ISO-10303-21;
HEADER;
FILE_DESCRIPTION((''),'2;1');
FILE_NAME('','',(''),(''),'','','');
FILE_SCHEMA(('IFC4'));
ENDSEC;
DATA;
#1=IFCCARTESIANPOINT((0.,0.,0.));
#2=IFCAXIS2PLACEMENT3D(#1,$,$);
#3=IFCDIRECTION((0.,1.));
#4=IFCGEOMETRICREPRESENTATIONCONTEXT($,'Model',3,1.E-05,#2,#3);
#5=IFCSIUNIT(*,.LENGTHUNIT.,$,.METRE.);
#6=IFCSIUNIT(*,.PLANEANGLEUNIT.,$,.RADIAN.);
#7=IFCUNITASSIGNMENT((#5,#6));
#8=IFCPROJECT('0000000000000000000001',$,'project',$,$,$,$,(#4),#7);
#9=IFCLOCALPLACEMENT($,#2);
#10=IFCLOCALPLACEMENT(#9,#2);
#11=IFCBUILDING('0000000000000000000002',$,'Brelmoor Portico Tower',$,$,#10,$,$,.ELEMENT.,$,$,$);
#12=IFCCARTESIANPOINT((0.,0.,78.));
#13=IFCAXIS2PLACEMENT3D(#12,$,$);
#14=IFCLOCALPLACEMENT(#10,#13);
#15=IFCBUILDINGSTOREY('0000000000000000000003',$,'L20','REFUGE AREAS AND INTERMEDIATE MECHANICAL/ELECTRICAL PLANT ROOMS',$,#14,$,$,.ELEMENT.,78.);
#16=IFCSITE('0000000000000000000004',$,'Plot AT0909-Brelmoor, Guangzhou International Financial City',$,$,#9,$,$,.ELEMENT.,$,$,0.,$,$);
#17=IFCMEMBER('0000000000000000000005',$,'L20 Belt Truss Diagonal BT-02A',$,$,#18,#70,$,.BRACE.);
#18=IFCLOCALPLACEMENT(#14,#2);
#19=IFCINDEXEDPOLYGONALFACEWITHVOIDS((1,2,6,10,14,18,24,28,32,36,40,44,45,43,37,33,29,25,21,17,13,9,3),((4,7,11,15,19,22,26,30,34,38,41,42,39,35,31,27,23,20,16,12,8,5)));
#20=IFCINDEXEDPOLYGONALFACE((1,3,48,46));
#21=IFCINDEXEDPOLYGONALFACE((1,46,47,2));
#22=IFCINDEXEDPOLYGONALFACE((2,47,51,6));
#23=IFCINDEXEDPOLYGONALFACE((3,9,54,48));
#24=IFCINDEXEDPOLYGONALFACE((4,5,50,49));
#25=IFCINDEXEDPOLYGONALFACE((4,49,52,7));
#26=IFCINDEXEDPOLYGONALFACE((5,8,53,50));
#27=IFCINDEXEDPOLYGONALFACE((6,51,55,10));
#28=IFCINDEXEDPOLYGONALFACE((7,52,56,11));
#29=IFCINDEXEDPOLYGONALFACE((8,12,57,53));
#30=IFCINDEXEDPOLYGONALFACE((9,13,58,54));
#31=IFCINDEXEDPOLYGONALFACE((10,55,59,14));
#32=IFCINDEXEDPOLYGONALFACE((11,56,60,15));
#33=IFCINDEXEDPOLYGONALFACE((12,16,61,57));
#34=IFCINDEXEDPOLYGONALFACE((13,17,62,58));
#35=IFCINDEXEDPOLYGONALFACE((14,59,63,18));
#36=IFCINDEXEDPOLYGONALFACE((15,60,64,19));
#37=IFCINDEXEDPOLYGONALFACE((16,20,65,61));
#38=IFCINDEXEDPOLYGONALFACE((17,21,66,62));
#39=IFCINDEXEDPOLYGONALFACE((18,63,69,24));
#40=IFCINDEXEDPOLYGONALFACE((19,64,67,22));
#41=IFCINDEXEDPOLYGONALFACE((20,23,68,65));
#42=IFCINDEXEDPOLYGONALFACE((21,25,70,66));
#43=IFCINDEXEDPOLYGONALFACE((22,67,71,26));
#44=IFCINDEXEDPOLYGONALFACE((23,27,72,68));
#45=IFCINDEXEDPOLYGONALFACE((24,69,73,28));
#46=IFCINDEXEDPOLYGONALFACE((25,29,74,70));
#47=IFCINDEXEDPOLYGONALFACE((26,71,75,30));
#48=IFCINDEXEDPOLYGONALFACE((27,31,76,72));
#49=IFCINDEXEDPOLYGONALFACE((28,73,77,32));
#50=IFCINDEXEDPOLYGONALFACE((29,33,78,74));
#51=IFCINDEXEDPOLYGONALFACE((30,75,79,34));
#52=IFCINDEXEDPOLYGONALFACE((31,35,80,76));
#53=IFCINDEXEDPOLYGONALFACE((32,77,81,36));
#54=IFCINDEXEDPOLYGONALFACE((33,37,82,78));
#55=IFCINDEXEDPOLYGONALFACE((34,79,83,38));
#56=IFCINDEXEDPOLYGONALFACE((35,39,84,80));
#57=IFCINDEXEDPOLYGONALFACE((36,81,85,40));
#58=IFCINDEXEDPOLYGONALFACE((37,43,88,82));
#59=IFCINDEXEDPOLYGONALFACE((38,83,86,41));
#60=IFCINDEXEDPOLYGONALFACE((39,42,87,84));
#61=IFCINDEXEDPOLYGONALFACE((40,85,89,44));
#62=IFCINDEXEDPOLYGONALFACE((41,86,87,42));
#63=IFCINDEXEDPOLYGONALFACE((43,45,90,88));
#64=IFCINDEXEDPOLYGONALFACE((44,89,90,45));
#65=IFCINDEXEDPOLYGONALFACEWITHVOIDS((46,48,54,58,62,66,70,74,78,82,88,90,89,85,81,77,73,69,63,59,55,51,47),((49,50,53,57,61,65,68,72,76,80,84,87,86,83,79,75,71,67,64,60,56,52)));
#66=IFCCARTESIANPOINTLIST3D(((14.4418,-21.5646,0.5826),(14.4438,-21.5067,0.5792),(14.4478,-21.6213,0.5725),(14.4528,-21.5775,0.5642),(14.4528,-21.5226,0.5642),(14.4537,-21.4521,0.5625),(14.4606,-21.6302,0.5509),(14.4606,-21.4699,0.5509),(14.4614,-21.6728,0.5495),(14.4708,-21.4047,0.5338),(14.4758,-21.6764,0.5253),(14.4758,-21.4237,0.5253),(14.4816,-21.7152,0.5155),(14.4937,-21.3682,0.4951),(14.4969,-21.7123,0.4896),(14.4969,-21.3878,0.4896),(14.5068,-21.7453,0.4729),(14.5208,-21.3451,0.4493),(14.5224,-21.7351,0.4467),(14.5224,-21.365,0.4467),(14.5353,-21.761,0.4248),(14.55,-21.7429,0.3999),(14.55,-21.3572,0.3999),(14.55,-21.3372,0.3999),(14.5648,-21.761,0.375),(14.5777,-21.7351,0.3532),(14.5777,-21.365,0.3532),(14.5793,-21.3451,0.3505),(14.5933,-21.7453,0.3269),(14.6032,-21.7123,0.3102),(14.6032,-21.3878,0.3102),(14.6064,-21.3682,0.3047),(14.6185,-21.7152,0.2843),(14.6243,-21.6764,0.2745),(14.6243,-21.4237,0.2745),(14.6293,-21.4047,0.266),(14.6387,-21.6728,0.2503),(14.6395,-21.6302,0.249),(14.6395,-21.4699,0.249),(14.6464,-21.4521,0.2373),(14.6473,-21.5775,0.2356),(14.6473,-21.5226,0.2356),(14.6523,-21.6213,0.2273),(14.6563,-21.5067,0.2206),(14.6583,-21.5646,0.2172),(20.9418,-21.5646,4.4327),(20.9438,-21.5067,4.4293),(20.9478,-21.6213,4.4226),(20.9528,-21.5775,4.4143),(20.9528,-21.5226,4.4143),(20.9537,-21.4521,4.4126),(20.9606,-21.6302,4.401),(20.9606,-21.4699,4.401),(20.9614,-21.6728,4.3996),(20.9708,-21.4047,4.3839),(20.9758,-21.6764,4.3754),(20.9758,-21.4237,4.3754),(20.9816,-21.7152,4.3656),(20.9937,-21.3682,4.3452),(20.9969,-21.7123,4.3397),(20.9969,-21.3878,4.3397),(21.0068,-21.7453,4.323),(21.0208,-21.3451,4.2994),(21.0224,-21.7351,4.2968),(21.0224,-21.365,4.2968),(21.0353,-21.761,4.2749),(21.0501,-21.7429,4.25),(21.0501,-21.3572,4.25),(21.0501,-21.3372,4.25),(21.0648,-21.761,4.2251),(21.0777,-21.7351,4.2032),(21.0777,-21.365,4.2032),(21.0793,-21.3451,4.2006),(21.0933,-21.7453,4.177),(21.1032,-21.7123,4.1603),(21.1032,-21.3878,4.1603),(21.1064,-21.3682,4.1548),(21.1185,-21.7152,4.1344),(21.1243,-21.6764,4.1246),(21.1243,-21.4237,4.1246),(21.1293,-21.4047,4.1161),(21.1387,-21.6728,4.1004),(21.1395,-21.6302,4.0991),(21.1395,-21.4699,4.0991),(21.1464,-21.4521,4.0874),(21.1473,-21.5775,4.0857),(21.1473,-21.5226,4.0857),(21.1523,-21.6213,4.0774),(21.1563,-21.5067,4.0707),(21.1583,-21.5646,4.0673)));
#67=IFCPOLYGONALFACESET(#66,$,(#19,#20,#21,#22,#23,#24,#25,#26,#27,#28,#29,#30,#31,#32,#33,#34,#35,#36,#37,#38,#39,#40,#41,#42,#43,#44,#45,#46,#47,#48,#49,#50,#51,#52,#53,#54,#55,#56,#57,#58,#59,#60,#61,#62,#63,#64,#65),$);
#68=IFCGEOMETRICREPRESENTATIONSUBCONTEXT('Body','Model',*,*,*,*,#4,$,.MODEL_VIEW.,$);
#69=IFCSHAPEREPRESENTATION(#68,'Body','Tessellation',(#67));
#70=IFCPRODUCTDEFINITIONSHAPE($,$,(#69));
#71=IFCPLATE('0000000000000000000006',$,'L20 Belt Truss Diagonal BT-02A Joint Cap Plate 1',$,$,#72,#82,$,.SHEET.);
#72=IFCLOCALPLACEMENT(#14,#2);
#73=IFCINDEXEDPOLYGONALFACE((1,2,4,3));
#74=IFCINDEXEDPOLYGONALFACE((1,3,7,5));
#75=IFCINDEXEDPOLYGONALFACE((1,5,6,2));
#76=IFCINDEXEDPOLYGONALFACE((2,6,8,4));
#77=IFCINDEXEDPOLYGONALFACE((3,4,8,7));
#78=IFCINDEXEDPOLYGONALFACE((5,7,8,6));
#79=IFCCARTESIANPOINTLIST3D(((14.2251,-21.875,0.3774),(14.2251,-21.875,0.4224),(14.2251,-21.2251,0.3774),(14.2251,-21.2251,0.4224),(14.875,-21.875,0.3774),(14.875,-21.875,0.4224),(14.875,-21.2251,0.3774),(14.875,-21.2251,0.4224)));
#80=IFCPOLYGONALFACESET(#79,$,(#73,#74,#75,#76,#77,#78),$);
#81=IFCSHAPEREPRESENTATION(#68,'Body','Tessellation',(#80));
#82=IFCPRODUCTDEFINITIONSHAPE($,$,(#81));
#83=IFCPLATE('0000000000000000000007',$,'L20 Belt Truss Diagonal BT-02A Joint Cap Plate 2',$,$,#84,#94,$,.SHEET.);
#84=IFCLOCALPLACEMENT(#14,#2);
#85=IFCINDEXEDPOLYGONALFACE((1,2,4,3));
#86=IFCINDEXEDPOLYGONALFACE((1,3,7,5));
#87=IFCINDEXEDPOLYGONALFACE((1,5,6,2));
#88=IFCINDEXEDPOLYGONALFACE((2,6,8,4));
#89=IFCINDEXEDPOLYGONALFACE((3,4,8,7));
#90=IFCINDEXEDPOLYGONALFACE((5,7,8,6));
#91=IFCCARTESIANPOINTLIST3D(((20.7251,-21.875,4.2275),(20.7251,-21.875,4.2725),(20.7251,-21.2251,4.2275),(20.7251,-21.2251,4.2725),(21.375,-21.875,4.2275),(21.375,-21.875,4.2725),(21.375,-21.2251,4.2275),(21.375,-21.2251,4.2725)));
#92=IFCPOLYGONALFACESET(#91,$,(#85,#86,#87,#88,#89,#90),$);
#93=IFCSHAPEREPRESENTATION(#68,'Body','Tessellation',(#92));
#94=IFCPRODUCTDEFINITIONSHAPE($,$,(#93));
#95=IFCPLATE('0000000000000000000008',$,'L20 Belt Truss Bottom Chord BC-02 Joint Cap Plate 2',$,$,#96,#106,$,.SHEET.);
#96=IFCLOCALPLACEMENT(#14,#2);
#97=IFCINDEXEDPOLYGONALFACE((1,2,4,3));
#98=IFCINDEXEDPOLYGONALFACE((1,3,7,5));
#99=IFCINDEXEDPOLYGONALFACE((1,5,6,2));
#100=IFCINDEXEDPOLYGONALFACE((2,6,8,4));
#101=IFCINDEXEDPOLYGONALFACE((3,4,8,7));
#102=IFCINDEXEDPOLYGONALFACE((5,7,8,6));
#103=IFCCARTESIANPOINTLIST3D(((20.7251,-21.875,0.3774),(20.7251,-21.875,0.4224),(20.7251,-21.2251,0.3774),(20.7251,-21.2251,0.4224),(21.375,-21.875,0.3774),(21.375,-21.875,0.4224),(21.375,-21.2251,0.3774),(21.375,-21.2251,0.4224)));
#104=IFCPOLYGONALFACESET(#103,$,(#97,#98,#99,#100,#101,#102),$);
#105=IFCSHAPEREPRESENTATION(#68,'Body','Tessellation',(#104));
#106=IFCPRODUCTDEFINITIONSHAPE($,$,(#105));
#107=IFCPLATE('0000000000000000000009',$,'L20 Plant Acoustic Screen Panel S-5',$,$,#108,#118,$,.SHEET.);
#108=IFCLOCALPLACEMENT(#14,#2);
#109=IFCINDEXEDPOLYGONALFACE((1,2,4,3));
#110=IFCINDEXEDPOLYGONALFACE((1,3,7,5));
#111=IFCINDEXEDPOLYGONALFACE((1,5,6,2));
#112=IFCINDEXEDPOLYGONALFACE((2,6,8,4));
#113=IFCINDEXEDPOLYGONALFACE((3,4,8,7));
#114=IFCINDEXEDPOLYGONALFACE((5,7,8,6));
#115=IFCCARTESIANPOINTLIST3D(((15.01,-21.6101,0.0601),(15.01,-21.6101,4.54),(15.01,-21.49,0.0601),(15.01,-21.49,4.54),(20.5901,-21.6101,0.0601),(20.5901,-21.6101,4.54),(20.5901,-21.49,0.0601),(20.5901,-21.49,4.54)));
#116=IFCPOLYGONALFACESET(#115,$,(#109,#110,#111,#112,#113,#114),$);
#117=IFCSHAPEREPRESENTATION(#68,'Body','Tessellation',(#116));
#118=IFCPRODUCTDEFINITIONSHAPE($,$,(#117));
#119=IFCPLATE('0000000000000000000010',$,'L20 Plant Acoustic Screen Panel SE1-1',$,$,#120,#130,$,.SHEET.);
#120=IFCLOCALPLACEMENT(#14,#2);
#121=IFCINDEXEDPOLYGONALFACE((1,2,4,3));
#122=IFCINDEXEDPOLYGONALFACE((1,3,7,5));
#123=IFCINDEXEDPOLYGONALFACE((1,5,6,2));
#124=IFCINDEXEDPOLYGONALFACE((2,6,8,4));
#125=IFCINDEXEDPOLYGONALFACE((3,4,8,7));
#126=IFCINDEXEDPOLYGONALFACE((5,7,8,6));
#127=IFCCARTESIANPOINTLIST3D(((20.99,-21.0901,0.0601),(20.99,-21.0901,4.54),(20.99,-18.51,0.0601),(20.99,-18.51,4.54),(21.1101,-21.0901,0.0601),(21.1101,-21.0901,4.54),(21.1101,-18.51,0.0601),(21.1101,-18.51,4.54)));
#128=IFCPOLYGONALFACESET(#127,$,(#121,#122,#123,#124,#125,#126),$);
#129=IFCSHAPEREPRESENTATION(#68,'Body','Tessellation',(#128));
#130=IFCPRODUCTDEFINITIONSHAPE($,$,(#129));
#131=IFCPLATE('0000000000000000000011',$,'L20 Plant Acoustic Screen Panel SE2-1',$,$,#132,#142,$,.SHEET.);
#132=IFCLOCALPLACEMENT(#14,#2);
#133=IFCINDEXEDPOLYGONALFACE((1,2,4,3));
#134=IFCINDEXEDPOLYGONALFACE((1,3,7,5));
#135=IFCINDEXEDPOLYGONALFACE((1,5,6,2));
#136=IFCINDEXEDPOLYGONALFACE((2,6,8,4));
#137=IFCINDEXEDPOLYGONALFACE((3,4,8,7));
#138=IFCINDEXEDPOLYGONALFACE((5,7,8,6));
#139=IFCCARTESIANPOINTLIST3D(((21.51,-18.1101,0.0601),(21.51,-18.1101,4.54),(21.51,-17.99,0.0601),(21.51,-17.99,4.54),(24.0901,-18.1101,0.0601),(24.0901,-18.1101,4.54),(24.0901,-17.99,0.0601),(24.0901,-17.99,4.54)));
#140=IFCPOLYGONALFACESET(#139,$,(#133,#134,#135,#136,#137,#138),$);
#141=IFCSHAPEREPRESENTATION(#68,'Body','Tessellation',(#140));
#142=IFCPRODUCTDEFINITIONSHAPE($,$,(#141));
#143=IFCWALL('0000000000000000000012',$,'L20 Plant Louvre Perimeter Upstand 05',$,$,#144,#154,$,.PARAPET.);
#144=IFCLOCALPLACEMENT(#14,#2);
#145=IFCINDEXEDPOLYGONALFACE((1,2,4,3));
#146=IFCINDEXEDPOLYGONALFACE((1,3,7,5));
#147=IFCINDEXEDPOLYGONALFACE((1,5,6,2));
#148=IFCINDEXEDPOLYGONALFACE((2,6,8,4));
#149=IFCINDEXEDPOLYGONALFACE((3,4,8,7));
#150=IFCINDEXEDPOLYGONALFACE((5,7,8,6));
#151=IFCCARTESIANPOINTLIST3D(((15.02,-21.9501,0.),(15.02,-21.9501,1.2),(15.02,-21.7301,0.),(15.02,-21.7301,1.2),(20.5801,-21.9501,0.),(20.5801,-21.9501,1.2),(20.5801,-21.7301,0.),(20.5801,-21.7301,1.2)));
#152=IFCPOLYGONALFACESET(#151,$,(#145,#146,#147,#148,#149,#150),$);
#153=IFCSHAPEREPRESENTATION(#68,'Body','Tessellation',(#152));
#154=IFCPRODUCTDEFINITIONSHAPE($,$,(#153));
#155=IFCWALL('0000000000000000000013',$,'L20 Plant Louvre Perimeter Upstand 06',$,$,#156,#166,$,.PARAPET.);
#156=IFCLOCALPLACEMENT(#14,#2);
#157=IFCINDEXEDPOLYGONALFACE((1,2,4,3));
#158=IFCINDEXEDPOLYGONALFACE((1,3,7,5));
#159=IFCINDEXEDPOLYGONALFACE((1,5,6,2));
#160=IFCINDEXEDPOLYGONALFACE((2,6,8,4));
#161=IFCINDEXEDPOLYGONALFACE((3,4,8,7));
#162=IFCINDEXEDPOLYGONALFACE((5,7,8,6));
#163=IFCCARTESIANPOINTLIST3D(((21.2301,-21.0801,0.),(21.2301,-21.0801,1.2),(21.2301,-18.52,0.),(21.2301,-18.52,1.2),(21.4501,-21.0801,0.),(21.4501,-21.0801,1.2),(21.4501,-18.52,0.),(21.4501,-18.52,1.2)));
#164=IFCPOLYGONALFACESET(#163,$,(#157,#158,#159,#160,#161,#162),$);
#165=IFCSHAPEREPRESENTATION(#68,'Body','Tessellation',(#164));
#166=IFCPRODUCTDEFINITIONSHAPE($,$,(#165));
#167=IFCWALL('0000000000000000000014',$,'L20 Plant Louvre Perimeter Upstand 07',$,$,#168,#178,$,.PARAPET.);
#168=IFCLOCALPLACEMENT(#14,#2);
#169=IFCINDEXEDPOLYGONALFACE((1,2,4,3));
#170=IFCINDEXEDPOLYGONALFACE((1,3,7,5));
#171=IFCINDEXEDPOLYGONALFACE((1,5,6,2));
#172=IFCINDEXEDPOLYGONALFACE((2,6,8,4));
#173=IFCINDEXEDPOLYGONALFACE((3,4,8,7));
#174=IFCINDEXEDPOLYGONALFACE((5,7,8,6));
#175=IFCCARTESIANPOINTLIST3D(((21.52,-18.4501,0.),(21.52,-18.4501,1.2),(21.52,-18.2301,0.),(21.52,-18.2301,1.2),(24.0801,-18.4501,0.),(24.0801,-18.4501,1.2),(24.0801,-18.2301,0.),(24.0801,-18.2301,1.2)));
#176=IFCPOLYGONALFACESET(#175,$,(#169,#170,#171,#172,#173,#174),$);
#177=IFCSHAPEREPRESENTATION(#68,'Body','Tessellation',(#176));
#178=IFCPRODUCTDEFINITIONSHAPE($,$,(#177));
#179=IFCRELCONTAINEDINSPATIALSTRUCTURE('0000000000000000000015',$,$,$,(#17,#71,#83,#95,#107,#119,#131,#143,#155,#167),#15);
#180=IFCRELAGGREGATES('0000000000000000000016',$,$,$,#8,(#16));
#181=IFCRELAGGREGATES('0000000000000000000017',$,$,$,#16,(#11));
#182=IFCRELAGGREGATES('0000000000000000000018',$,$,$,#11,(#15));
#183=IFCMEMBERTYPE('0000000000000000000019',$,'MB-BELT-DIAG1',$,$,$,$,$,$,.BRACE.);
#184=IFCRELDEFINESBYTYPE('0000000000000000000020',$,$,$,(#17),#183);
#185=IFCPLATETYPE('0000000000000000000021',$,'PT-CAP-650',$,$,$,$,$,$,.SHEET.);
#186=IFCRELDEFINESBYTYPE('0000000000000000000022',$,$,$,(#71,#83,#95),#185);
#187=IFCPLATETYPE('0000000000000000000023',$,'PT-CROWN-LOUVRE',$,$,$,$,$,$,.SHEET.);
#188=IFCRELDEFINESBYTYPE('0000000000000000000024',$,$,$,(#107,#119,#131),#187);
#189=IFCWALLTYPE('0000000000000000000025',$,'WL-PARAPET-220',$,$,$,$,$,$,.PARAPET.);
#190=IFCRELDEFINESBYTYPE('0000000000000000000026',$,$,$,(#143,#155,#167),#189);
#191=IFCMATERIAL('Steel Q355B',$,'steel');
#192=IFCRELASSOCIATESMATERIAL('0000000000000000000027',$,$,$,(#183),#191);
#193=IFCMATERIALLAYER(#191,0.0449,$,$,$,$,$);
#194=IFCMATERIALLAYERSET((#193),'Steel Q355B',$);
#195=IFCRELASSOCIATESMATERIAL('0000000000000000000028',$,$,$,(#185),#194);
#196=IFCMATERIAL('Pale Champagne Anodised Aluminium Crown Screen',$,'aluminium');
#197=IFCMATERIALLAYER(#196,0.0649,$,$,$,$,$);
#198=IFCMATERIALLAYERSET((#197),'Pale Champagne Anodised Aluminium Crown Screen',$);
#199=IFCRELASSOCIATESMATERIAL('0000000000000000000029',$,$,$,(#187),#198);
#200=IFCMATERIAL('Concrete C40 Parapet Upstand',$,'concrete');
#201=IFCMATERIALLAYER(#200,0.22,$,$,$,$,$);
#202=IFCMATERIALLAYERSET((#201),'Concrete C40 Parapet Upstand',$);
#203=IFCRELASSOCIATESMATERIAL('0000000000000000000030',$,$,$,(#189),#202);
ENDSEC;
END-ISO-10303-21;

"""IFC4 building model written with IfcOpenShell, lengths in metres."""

from ifc_helpers import new_model, si_unit, direction, frame, frame_2d, origin, origin_2d, place, context, subcontext, project, spatial, rectangle, hollow_circle, extrude, material, layer, layer_set, material_profile, profile_set, type_object, element, save


model = new_model("IFC4")

# Units and contexts
model_context = context("Model", 3, precision=1e-05, world=origin(), true_north=direction((0.0, 1.0)))
body_context = subcontext(model_context, "Body", "Model", "MODEL_VIEW")
ifc_project = project(units=[si_unit("LENGTHUNIT", "METRE"), si_unit("PLANEANGLEUNIT", "RADIAN")], contexts=[model_context])

# Site, building, storey
site_placement = place(None, origin())
site = spatial("IfcSite", under=ifc_project, at=site_placement, Name="Plot AT0909-Brelmoor, Guangzhou International Financial City", CompositionType="ELEMENT", RefElevation=0.0)
building_placement = place(site_placement, origin())
building = spatial("IfcBuilding", under=site, at=building_placement, Name="Brelmoor Portico Tower", CompositionType="ELEMENT")
storey_placement = place(building_placement, frame((0.0, 0.0, 78.0)))
storey = spatial("IfcBuildingStorey", under=building, at=storey_placement, Name="L20", Description="REFUGE AREAS AND INTERMEDIATE MECHANICAL/ELECTRICAL PLANT ROOMS", CompositionType="ELEMENT", Elevation=78.0)

# Shared definitions
ifc_material_1 = material(Name="Steel Q355B", Category="steel")

# Member
ifc_material_profile_1 = material_profile(ifc_material_1, hollow_circle(Radius=0.2129, WallThickness=0.02, at=origin_2d()), Name="CHS 426x20")
ifc_profile_set_1 = profile_set([ifc_material_profile_1], Name="Steel Q355B")
member_type_1 = type_object("IfcMemberType", Name="MB-BELT-DIAG1", PredefinedType="BRACE", material=ifc_profile_set_1)
member_1_placement = place(storey_placement, frame((14.55, -21.55, 0.3999), z_axis=(0.860393, 0.0, 0.509631), x_axis=(0.0, 1.0, 0.0)))
element("IfcMember", 1, at=member_1_placement, inside=storey, type_object=member_type_1, Name="L20 Belt Truss Diagonal BT-02A", PredefinedType="BRACE", context=body_context, shape_type="SweptSolid", body=[
    extrude(hollow_circle(Radius=0.2129, WallThickness=0.02, at=origin_2d()), origin(), (0.0, 0.0, 1.0), 7.5547),
])

# Plates
ifc_layer_1 = layer(ifc_material_1, 0.0449)
ifc_layer_set_1 = layer_set([ifc_layer_1], Name="Steel Q355B")
plate_type_1 = type_object("IfcPlateType", Name="PT-CAP-650", PredefinedType="SHEET", material=ifc_layer_set_1)
for number, where, z_axis, x_axis, name in (
    (2, (14.55, -21.55, 0.3774), (0.0, 0.0, 1.0), (1.0, 0.0, 0.0), "L20 Belt Truss Diagonal BT-02A Joint Cap Plate 1"),
    (3, (21.05, -21.55, 4.2275), (0.0, 0.0, 1.0), (1.0, 0.0, 0.0), "L20 Belt Truss Diagonal BT-02A Joint Cap Plate 2"),
    (4, (21.05, -21.55, 0.3774), (0.0, 0.0, 1.0), (1.0, 0.0, 0.0), "L20 Belt Truss Bottom Chord BC-02 Joint Cap Plate 2"),
):
    element("IfcPlate", number, at=place(storey_placement, frame(where, z_axis=z_axis, x_axis=x_axis)), inside=storey, type_object=plate_type_1, Name=name, PredefinedType="SHEET", context=body_context, shape_type="SweptSolid", body=[
        extrude(rectangle(XDim=0.6499, YDim=0.6499, at=origin_2d()), origin(), (0.0, 0.0, 1.0), 0.0449),
    ])
ifc_material_2 = material(Name="Pale Champagne Anodised Aluminium Crown Screen", Category="aluminium")
ifc_layer_2 = layer(ifc_material_2, 0.0649)
ifc_layer_set_2 = layer_set([ifc_layer_2], Name="Pale Champagne Anodised Aluminium Crown Screen")
plate_type_2 = type_object("IfcPlateType", Name="PT-CROWN-LOUVRE", PredefinedType="SHEET", material=ifc_layer_set_2)
plate_placement = place(storey_placement, frame((17.8, -21.55, 0.0601), z_axis=(0.0, 0.0, 1.0), x_axis=(1.0, 0.0, 0.0)))
element("IfcPlate", 5, at=plate_placement, inside=storey, type_object=plate_type_2, Name="L20 Plant Acoustic Screen Panel S-5", PredefinedType="SHEET", context=body_context, shape_type="SweptSolid", body=[
    extrude(rectangle(XDim=5.5801, YDim=0.1201, at=origin_2d()), origin(), (0.0, 0.0, 1.0), 4.48),
])
for number, where, z_axis, x_axis, name in (
    (6, (21.05, -19.8, 0.0601), (0.0, 0.0, 1.0), (0.0, 1.0, 0.0), "L20 Plant Acoustic Screen Panel SE1-1"),
    (7, (22.8, -18.05, 0.0601), (0.0, 0.0, 1.0), (1.0, 0.0, 0.0), "L20 Plant Acoustic Screen Panel SE2-1"),
):
    element("IfcPlate", number, at=place(storey_placement, frame(where, z_axis=z_axis, x_axis=x_axis)), inside=storey, type_object=plate_type_2, Name=name, PredefinedType="SHEET", context=body_context, shape_type="SweptSolid", body=[
        extrude(rectangle(XDim=2.5801, YDim=0.1201, at=origin_2d()), origin(), (0.0, 0.0, 1.0), 4.48),
    ])

# Walls
ifc_material_3 = material(Name="Concrete C40 Parapet Upstand", Category="concrete")
ifc_layer_3 = layer(ifc_material_3, 0.22)
ifc_layer_set_3 = layer_set([ifc_layer_3], Name="Concrete C40 Parapet Upstand")
wall_type_1 = type_object("IfcWallType", Name="WL-PARAPET-220", PredefinedType="PARAPET", material=ifc_layer_set_3)
wall_1_placement = place(storey_placement, frame((15.02, -21.8401, 0.0), z_axis=(0.0, 0.0, 1.0), x_axis=(1.0, 0.0, 0.0)))
element("IfcWall", 8, at=wall_1_placement, inside=storey, type_object=wall_type_1, Name="L20 Plant Louvre Perimeter Upstand 05", PredefinedType="PARAPET", context=body_context, shape_type="SweptSolid", body=[
    extrude(rectangle(XDim=5.5601, YDim=0.22, at=frame_2d((2.78, 0.0))), origin(), (0.0, 0.0, 1.0), 1.2),
])
for number, where, z_axis, x_axis, name in (
    (9, (21.3401, -21.0801, 0.0), (0.0, 0.0, 1.0), (0.0, 1.0, 0.0), "L20 Plant Louvre Perimeter Upstand 06"),
    (10, (21.52, -18.3401, 0.0), (0.0, 0.0, 1.0), (1.0, 0.0, 0.0), "L20 Plant Louvre Perimeter Upstand 07"),
):
    element("IfcWall", number, at=place(storey_placement, frame(where, z_axis=z_axis, x_axis=x_axis)), inside=storey, type_object=wall_type_1, Name=name, PredefinedType="PARAPET", context=body_context, shape_type="SweptSolid", body=[
        extrude(rectangle(XDim=2.5601, YDim=0.22, at=frame_2d((1.28, 0.0))), origin(), (0.0, 0.0, 1.0), 1.2),
    ])

save(model, "model.ifc")
